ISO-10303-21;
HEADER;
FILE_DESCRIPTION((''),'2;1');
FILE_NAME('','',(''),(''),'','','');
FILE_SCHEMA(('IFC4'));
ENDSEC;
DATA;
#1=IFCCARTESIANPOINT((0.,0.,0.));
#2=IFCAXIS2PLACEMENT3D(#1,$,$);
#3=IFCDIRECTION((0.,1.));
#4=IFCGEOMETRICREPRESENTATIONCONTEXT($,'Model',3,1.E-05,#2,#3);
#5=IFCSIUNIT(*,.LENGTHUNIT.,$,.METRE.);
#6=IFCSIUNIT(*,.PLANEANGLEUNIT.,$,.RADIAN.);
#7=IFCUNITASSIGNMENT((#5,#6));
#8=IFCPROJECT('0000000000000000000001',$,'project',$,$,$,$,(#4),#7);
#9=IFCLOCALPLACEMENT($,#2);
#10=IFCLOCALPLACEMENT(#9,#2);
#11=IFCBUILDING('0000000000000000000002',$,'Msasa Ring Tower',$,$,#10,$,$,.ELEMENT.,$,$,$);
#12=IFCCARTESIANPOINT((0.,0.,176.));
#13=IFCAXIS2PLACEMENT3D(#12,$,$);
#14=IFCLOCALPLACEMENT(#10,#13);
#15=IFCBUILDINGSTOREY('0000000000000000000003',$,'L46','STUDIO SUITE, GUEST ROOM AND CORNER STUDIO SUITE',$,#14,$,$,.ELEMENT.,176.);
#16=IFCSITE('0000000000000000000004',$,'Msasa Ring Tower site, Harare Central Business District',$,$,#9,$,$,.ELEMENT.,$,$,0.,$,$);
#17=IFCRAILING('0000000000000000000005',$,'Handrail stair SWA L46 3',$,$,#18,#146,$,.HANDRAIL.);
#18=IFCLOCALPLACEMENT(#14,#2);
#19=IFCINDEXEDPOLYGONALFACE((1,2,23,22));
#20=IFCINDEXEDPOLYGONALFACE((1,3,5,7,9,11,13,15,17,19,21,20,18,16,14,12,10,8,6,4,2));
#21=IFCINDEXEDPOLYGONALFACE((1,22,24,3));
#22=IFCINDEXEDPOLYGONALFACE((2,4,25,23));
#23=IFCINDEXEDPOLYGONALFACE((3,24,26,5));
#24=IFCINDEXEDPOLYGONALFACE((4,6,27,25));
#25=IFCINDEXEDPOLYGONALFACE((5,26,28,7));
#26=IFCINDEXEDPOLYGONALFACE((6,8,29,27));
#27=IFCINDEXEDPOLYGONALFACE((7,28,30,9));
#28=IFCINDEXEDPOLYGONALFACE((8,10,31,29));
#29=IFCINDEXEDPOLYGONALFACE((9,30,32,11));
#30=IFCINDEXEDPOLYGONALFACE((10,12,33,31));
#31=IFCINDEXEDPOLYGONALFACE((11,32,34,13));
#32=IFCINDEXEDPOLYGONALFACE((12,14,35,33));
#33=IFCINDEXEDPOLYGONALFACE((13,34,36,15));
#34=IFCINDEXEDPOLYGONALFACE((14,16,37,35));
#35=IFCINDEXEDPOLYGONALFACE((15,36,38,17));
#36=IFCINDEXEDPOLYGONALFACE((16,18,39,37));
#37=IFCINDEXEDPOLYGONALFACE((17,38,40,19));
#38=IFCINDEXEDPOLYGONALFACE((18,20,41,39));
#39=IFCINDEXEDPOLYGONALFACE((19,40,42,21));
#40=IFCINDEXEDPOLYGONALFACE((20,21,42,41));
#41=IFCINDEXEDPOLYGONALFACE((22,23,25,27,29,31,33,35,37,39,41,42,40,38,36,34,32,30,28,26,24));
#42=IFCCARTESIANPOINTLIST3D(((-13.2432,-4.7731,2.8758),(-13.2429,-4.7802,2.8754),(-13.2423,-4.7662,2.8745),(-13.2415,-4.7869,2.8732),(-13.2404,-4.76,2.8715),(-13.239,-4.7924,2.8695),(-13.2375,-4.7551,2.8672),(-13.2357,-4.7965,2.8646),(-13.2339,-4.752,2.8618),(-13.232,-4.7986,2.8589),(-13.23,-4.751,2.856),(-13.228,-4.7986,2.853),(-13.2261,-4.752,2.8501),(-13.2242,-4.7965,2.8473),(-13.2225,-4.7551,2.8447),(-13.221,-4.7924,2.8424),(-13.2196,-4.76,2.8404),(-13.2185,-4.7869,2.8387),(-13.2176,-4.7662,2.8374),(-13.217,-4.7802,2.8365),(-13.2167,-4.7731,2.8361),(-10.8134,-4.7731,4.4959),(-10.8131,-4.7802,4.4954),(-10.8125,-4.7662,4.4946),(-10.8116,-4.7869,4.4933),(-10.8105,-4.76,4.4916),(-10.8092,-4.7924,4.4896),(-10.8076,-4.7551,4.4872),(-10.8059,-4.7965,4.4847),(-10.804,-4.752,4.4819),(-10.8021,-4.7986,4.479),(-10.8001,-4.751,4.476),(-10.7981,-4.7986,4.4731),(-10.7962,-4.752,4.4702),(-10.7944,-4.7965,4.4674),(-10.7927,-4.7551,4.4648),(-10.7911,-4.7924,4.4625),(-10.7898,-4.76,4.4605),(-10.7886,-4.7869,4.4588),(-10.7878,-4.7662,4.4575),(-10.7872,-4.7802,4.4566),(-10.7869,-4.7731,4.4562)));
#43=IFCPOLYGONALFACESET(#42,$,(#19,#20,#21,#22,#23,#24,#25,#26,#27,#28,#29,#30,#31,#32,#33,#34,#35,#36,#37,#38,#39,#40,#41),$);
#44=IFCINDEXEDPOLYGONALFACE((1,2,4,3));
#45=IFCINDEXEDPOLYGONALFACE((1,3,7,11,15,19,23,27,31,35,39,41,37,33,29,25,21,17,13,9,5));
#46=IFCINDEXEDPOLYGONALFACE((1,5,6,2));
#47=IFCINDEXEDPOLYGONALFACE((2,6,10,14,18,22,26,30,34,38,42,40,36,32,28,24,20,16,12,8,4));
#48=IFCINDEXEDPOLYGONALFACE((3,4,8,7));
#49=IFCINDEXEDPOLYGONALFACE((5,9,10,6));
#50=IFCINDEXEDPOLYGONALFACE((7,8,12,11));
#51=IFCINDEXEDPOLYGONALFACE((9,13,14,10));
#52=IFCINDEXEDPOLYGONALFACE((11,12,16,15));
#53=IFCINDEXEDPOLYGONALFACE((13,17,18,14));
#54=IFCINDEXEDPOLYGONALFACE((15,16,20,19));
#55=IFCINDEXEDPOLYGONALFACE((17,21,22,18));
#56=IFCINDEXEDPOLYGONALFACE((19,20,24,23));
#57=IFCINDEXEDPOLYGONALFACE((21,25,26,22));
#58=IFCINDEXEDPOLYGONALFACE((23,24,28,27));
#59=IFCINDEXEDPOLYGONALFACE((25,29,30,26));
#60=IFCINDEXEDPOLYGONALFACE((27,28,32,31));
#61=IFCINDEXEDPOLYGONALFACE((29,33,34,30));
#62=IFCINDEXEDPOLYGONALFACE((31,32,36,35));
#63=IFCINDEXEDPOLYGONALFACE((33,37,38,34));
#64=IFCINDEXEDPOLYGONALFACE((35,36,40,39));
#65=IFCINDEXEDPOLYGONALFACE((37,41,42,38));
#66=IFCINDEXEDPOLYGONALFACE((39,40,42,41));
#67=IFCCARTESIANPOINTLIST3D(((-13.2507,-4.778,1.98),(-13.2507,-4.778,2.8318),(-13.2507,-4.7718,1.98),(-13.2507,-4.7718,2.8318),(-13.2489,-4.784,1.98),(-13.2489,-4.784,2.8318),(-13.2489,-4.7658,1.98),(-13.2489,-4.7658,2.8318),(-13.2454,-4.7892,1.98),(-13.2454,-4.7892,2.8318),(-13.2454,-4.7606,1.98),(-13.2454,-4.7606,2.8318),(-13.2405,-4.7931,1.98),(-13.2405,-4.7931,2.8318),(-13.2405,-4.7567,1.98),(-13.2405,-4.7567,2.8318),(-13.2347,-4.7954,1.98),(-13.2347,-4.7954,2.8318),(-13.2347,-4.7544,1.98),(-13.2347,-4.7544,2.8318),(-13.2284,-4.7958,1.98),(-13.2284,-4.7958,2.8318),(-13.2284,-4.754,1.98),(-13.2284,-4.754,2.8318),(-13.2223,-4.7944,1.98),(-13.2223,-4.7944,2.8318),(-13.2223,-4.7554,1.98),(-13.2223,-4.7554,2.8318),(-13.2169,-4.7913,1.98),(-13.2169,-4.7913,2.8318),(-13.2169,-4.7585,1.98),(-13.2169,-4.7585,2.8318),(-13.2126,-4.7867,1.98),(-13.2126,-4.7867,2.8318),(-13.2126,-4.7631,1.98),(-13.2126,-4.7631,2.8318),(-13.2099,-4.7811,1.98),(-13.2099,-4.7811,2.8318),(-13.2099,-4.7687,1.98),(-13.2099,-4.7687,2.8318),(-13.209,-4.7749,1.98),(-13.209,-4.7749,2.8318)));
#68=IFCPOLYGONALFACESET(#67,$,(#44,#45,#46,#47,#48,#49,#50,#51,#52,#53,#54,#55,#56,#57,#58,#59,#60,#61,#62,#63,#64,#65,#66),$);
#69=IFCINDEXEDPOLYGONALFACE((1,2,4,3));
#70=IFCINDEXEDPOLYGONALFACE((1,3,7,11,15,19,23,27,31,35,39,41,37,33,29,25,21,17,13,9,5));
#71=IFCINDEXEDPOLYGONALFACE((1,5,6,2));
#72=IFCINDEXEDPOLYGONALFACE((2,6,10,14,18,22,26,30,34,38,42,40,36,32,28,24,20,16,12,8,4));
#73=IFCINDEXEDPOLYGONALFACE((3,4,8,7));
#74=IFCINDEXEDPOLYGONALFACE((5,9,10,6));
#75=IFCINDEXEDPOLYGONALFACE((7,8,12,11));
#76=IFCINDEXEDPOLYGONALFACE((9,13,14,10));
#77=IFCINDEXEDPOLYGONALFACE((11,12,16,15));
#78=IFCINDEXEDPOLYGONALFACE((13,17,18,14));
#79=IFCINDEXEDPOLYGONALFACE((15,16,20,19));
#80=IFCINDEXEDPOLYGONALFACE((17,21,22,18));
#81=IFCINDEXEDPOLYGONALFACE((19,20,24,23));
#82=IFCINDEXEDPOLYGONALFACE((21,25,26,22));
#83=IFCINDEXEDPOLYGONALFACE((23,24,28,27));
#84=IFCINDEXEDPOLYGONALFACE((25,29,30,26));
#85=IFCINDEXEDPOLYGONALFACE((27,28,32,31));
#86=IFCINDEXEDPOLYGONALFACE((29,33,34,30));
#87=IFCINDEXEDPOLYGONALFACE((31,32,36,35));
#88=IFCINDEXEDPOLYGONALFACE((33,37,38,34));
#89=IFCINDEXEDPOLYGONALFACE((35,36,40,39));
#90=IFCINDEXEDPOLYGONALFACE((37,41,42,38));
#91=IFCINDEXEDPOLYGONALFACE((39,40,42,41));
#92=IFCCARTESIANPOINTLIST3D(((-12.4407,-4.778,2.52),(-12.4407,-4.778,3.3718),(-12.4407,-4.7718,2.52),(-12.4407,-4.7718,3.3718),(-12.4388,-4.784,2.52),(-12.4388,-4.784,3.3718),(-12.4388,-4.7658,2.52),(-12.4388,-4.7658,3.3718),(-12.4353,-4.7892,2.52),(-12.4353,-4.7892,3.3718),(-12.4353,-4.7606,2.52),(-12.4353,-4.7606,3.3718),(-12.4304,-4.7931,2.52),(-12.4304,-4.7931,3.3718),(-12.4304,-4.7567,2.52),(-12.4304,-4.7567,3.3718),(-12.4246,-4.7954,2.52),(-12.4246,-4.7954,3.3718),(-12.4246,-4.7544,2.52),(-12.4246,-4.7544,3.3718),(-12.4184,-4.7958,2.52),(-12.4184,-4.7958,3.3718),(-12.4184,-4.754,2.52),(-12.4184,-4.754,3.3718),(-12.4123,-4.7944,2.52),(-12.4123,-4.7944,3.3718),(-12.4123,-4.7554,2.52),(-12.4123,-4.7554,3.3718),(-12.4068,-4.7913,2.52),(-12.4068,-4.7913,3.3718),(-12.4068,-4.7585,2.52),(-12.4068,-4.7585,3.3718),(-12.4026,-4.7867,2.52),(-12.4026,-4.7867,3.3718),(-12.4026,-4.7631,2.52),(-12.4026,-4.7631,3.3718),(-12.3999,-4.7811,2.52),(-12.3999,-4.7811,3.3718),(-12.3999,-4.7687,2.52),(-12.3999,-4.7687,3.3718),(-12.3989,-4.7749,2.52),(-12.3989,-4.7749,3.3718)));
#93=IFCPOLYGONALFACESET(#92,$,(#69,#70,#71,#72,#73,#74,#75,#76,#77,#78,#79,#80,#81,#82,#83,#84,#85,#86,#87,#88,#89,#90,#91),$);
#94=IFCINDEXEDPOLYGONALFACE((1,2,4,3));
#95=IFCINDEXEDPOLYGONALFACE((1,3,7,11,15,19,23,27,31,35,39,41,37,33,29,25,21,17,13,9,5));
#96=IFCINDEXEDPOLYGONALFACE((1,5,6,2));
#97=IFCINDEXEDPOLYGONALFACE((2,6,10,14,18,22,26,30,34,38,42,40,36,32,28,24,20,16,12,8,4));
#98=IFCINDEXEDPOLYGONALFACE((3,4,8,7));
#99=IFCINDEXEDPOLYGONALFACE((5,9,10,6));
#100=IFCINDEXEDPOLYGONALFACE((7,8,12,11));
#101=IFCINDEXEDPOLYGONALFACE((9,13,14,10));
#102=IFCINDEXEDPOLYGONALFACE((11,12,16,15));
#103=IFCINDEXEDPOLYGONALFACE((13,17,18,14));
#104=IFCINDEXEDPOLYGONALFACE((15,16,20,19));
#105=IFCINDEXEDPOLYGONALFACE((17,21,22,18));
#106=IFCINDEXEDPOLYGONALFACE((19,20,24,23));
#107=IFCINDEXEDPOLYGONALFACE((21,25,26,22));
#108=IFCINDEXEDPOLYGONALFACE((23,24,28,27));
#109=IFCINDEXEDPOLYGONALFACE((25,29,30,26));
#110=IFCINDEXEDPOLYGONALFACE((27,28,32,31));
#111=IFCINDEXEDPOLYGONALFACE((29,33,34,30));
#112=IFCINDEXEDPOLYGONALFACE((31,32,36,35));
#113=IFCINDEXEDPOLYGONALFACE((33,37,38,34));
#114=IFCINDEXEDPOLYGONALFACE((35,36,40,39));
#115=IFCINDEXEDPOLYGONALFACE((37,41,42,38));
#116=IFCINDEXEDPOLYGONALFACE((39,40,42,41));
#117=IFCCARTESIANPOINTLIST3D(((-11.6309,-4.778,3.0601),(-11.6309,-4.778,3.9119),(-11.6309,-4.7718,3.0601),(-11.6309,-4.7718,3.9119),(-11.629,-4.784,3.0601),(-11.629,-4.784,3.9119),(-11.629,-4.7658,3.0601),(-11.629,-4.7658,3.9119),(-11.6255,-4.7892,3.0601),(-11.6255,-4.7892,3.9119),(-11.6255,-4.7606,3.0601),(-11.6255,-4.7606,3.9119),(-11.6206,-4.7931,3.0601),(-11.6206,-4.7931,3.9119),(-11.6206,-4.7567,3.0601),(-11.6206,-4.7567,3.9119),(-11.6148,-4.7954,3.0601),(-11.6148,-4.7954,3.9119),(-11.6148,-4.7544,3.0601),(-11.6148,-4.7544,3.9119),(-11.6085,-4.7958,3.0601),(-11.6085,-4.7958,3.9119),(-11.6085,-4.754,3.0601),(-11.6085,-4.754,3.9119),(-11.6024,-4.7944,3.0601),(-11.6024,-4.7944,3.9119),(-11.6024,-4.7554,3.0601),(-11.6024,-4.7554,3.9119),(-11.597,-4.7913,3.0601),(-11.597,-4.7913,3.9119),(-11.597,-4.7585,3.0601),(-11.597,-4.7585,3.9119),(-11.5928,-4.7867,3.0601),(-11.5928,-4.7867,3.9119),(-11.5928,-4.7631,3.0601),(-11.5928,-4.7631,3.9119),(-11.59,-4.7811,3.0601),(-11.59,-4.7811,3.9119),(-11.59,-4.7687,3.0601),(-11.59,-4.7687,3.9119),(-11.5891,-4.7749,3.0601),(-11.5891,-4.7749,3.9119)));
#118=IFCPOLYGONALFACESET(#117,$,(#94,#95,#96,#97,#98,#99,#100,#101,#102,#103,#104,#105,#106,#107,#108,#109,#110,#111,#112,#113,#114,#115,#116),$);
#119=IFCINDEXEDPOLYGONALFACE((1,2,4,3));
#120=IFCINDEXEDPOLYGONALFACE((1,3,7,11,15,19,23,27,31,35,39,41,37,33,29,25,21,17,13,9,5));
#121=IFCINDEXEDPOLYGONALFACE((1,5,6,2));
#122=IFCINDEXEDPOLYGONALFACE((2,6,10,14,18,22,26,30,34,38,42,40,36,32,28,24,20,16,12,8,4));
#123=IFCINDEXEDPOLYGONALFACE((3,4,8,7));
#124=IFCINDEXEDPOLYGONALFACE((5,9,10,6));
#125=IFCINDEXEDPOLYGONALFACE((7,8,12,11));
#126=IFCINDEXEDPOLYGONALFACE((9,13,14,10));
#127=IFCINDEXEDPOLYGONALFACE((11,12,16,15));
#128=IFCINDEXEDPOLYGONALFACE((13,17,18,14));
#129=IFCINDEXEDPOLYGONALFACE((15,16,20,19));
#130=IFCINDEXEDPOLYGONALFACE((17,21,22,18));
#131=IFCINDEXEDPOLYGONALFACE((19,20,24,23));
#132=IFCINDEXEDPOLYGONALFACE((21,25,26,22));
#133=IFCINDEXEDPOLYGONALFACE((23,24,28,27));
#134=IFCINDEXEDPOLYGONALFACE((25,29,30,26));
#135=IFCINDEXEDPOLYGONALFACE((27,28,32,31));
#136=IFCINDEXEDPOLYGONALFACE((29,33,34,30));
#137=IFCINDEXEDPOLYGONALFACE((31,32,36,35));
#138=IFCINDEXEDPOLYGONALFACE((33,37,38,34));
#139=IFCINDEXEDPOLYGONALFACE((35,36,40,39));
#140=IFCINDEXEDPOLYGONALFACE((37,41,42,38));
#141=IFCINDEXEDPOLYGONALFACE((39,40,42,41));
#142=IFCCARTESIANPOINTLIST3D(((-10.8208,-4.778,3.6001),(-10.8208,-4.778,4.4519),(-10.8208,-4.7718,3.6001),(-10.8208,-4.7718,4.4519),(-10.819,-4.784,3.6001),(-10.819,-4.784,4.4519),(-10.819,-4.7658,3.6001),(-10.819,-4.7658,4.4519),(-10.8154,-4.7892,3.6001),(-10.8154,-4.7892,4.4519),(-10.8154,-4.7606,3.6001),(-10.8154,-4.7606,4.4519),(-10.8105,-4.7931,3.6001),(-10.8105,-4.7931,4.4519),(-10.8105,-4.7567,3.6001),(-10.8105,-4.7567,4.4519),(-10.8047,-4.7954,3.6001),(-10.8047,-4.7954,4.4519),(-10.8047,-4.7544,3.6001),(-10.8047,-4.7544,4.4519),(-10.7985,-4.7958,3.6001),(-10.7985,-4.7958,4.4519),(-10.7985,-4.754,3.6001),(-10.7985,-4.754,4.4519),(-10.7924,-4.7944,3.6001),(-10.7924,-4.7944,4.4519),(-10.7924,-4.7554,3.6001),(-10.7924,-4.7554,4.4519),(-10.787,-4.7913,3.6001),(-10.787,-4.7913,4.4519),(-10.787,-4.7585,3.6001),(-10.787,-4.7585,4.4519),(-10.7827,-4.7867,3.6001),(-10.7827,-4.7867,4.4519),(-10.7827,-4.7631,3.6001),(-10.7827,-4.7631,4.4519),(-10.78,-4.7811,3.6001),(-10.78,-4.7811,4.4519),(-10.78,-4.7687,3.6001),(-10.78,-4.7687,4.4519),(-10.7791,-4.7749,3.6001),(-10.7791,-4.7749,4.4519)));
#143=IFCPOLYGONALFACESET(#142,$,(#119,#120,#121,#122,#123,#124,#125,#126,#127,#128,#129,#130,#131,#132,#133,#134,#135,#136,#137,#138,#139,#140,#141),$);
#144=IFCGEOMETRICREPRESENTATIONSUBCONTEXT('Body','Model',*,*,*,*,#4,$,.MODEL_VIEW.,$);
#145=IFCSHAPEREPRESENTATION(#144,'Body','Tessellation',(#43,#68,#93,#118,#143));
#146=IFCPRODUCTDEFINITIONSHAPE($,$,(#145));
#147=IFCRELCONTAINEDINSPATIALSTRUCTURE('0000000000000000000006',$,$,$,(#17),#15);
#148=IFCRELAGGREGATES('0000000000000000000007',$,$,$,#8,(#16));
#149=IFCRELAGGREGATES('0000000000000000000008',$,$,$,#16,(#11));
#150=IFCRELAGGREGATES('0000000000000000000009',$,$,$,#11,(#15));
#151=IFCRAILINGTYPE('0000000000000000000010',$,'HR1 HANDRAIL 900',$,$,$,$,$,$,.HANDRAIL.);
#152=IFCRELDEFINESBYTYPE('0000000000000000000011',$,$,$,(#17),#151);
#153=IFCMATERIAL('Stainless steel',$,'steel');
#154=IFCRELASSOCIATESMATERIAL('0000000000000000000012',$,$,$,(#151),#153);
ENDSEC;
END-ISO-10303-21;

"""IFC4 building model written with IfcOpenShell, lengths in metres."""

from ifc_helpers import new_model, si_unit, direction, frame, origin, origin_2d, place, context, subcontext, project, spatial, circle, extrude, material, type_object, element, save


model = new_model("IFC4")

# Units and contexts
model_context = context("Model", 3, precision=1e-05, world=origin(), true_north=direction((0.0, 1.0)))
body_context = subcontext(model_context, "Body", "Model", "MODEL_VIEW")
ifc_project = project(units=[si_unit("LENGTHUNIT", "METRE"), si_unit("PLANEANGLEUNIT", "RADIAN")], contexts=[model_context])

# Site, building, storey
site_placement = place(None, origin())
site = spatial("IfcSite", under=ifc_project, at=site_placement, Name="Msasa Ring Tower site, Harare Central Business District", CompositionType="ELEMENT", RefElevation=0.0)
building_placement = place(site_placement, origin())
building = spatial("IfcBuilding", under=site, at=building_placement, Name="Msasa Ring Tower", CompositionType="ELEMENT")
storey_placement = place(building_placement, frame((0.0, 0.0, 176.0)))
storey = spatial("IfcBuildingStorey", under=building, at=storey_placement, Name="L46", Description="STUDIO SUITE, GUEST ROOM AND CORNER STUDIO SUITE", CompositionType="ELEMENT", Elevation=176.0)

# Railing
ifc_material_1 = material(Name="Stainless steel", Category="steel")
railing_type = type_object("IfcRailingType", Name="HR1 HANDRAIL 900", PredefinedType="HANDRAIL", material=ifc_material_1)
for number, where, name in (
    (1, (-13.23, -4.7749, 1.98), "Handrail stair SWA L46 3"),
):
    element("IfcRailing", number, at=place(storey_placement, frame(where)), inside=storey, type_object=railing_type, Name=name, PredefinedType="HANDRAIL", context=body_context, shape_type="SweptSolid", body=[
        extrude(circle(Radius=0.0239, at=origin_2d()), frame((0.0, 0.0, 0.876), z_axis=(0.832025, 0.0, 0.554739), x_axis=(0.0, 1.0, 0.0)), (0.0, 0.0, 1.0), 2.9204),
        extrude(circle(Radius=0.021, at=origin_2d()), origin(), (0.0, 0.0, 1.0), 0.8518),
        extrude(circle(Radius=0.021, at=origin_2d()), frame((0.8101, 0.0, 0.54)), (0.0, 0.0, 1.0), 0.8518),
        extrude(circle(Radius=0.021, at=origin_2d()), frame((1.6199, 0.0, 1.0801)), (0.0, 0.0, 1.0), 0.8518),
        extrude(circle(Radius=0.021, at=origin_2d()), frame((2.4299, 0.0, 1.6201)), (0.0, 0.0, 1.0), 0.8518),
    ])

save(model, "model.ifc")
